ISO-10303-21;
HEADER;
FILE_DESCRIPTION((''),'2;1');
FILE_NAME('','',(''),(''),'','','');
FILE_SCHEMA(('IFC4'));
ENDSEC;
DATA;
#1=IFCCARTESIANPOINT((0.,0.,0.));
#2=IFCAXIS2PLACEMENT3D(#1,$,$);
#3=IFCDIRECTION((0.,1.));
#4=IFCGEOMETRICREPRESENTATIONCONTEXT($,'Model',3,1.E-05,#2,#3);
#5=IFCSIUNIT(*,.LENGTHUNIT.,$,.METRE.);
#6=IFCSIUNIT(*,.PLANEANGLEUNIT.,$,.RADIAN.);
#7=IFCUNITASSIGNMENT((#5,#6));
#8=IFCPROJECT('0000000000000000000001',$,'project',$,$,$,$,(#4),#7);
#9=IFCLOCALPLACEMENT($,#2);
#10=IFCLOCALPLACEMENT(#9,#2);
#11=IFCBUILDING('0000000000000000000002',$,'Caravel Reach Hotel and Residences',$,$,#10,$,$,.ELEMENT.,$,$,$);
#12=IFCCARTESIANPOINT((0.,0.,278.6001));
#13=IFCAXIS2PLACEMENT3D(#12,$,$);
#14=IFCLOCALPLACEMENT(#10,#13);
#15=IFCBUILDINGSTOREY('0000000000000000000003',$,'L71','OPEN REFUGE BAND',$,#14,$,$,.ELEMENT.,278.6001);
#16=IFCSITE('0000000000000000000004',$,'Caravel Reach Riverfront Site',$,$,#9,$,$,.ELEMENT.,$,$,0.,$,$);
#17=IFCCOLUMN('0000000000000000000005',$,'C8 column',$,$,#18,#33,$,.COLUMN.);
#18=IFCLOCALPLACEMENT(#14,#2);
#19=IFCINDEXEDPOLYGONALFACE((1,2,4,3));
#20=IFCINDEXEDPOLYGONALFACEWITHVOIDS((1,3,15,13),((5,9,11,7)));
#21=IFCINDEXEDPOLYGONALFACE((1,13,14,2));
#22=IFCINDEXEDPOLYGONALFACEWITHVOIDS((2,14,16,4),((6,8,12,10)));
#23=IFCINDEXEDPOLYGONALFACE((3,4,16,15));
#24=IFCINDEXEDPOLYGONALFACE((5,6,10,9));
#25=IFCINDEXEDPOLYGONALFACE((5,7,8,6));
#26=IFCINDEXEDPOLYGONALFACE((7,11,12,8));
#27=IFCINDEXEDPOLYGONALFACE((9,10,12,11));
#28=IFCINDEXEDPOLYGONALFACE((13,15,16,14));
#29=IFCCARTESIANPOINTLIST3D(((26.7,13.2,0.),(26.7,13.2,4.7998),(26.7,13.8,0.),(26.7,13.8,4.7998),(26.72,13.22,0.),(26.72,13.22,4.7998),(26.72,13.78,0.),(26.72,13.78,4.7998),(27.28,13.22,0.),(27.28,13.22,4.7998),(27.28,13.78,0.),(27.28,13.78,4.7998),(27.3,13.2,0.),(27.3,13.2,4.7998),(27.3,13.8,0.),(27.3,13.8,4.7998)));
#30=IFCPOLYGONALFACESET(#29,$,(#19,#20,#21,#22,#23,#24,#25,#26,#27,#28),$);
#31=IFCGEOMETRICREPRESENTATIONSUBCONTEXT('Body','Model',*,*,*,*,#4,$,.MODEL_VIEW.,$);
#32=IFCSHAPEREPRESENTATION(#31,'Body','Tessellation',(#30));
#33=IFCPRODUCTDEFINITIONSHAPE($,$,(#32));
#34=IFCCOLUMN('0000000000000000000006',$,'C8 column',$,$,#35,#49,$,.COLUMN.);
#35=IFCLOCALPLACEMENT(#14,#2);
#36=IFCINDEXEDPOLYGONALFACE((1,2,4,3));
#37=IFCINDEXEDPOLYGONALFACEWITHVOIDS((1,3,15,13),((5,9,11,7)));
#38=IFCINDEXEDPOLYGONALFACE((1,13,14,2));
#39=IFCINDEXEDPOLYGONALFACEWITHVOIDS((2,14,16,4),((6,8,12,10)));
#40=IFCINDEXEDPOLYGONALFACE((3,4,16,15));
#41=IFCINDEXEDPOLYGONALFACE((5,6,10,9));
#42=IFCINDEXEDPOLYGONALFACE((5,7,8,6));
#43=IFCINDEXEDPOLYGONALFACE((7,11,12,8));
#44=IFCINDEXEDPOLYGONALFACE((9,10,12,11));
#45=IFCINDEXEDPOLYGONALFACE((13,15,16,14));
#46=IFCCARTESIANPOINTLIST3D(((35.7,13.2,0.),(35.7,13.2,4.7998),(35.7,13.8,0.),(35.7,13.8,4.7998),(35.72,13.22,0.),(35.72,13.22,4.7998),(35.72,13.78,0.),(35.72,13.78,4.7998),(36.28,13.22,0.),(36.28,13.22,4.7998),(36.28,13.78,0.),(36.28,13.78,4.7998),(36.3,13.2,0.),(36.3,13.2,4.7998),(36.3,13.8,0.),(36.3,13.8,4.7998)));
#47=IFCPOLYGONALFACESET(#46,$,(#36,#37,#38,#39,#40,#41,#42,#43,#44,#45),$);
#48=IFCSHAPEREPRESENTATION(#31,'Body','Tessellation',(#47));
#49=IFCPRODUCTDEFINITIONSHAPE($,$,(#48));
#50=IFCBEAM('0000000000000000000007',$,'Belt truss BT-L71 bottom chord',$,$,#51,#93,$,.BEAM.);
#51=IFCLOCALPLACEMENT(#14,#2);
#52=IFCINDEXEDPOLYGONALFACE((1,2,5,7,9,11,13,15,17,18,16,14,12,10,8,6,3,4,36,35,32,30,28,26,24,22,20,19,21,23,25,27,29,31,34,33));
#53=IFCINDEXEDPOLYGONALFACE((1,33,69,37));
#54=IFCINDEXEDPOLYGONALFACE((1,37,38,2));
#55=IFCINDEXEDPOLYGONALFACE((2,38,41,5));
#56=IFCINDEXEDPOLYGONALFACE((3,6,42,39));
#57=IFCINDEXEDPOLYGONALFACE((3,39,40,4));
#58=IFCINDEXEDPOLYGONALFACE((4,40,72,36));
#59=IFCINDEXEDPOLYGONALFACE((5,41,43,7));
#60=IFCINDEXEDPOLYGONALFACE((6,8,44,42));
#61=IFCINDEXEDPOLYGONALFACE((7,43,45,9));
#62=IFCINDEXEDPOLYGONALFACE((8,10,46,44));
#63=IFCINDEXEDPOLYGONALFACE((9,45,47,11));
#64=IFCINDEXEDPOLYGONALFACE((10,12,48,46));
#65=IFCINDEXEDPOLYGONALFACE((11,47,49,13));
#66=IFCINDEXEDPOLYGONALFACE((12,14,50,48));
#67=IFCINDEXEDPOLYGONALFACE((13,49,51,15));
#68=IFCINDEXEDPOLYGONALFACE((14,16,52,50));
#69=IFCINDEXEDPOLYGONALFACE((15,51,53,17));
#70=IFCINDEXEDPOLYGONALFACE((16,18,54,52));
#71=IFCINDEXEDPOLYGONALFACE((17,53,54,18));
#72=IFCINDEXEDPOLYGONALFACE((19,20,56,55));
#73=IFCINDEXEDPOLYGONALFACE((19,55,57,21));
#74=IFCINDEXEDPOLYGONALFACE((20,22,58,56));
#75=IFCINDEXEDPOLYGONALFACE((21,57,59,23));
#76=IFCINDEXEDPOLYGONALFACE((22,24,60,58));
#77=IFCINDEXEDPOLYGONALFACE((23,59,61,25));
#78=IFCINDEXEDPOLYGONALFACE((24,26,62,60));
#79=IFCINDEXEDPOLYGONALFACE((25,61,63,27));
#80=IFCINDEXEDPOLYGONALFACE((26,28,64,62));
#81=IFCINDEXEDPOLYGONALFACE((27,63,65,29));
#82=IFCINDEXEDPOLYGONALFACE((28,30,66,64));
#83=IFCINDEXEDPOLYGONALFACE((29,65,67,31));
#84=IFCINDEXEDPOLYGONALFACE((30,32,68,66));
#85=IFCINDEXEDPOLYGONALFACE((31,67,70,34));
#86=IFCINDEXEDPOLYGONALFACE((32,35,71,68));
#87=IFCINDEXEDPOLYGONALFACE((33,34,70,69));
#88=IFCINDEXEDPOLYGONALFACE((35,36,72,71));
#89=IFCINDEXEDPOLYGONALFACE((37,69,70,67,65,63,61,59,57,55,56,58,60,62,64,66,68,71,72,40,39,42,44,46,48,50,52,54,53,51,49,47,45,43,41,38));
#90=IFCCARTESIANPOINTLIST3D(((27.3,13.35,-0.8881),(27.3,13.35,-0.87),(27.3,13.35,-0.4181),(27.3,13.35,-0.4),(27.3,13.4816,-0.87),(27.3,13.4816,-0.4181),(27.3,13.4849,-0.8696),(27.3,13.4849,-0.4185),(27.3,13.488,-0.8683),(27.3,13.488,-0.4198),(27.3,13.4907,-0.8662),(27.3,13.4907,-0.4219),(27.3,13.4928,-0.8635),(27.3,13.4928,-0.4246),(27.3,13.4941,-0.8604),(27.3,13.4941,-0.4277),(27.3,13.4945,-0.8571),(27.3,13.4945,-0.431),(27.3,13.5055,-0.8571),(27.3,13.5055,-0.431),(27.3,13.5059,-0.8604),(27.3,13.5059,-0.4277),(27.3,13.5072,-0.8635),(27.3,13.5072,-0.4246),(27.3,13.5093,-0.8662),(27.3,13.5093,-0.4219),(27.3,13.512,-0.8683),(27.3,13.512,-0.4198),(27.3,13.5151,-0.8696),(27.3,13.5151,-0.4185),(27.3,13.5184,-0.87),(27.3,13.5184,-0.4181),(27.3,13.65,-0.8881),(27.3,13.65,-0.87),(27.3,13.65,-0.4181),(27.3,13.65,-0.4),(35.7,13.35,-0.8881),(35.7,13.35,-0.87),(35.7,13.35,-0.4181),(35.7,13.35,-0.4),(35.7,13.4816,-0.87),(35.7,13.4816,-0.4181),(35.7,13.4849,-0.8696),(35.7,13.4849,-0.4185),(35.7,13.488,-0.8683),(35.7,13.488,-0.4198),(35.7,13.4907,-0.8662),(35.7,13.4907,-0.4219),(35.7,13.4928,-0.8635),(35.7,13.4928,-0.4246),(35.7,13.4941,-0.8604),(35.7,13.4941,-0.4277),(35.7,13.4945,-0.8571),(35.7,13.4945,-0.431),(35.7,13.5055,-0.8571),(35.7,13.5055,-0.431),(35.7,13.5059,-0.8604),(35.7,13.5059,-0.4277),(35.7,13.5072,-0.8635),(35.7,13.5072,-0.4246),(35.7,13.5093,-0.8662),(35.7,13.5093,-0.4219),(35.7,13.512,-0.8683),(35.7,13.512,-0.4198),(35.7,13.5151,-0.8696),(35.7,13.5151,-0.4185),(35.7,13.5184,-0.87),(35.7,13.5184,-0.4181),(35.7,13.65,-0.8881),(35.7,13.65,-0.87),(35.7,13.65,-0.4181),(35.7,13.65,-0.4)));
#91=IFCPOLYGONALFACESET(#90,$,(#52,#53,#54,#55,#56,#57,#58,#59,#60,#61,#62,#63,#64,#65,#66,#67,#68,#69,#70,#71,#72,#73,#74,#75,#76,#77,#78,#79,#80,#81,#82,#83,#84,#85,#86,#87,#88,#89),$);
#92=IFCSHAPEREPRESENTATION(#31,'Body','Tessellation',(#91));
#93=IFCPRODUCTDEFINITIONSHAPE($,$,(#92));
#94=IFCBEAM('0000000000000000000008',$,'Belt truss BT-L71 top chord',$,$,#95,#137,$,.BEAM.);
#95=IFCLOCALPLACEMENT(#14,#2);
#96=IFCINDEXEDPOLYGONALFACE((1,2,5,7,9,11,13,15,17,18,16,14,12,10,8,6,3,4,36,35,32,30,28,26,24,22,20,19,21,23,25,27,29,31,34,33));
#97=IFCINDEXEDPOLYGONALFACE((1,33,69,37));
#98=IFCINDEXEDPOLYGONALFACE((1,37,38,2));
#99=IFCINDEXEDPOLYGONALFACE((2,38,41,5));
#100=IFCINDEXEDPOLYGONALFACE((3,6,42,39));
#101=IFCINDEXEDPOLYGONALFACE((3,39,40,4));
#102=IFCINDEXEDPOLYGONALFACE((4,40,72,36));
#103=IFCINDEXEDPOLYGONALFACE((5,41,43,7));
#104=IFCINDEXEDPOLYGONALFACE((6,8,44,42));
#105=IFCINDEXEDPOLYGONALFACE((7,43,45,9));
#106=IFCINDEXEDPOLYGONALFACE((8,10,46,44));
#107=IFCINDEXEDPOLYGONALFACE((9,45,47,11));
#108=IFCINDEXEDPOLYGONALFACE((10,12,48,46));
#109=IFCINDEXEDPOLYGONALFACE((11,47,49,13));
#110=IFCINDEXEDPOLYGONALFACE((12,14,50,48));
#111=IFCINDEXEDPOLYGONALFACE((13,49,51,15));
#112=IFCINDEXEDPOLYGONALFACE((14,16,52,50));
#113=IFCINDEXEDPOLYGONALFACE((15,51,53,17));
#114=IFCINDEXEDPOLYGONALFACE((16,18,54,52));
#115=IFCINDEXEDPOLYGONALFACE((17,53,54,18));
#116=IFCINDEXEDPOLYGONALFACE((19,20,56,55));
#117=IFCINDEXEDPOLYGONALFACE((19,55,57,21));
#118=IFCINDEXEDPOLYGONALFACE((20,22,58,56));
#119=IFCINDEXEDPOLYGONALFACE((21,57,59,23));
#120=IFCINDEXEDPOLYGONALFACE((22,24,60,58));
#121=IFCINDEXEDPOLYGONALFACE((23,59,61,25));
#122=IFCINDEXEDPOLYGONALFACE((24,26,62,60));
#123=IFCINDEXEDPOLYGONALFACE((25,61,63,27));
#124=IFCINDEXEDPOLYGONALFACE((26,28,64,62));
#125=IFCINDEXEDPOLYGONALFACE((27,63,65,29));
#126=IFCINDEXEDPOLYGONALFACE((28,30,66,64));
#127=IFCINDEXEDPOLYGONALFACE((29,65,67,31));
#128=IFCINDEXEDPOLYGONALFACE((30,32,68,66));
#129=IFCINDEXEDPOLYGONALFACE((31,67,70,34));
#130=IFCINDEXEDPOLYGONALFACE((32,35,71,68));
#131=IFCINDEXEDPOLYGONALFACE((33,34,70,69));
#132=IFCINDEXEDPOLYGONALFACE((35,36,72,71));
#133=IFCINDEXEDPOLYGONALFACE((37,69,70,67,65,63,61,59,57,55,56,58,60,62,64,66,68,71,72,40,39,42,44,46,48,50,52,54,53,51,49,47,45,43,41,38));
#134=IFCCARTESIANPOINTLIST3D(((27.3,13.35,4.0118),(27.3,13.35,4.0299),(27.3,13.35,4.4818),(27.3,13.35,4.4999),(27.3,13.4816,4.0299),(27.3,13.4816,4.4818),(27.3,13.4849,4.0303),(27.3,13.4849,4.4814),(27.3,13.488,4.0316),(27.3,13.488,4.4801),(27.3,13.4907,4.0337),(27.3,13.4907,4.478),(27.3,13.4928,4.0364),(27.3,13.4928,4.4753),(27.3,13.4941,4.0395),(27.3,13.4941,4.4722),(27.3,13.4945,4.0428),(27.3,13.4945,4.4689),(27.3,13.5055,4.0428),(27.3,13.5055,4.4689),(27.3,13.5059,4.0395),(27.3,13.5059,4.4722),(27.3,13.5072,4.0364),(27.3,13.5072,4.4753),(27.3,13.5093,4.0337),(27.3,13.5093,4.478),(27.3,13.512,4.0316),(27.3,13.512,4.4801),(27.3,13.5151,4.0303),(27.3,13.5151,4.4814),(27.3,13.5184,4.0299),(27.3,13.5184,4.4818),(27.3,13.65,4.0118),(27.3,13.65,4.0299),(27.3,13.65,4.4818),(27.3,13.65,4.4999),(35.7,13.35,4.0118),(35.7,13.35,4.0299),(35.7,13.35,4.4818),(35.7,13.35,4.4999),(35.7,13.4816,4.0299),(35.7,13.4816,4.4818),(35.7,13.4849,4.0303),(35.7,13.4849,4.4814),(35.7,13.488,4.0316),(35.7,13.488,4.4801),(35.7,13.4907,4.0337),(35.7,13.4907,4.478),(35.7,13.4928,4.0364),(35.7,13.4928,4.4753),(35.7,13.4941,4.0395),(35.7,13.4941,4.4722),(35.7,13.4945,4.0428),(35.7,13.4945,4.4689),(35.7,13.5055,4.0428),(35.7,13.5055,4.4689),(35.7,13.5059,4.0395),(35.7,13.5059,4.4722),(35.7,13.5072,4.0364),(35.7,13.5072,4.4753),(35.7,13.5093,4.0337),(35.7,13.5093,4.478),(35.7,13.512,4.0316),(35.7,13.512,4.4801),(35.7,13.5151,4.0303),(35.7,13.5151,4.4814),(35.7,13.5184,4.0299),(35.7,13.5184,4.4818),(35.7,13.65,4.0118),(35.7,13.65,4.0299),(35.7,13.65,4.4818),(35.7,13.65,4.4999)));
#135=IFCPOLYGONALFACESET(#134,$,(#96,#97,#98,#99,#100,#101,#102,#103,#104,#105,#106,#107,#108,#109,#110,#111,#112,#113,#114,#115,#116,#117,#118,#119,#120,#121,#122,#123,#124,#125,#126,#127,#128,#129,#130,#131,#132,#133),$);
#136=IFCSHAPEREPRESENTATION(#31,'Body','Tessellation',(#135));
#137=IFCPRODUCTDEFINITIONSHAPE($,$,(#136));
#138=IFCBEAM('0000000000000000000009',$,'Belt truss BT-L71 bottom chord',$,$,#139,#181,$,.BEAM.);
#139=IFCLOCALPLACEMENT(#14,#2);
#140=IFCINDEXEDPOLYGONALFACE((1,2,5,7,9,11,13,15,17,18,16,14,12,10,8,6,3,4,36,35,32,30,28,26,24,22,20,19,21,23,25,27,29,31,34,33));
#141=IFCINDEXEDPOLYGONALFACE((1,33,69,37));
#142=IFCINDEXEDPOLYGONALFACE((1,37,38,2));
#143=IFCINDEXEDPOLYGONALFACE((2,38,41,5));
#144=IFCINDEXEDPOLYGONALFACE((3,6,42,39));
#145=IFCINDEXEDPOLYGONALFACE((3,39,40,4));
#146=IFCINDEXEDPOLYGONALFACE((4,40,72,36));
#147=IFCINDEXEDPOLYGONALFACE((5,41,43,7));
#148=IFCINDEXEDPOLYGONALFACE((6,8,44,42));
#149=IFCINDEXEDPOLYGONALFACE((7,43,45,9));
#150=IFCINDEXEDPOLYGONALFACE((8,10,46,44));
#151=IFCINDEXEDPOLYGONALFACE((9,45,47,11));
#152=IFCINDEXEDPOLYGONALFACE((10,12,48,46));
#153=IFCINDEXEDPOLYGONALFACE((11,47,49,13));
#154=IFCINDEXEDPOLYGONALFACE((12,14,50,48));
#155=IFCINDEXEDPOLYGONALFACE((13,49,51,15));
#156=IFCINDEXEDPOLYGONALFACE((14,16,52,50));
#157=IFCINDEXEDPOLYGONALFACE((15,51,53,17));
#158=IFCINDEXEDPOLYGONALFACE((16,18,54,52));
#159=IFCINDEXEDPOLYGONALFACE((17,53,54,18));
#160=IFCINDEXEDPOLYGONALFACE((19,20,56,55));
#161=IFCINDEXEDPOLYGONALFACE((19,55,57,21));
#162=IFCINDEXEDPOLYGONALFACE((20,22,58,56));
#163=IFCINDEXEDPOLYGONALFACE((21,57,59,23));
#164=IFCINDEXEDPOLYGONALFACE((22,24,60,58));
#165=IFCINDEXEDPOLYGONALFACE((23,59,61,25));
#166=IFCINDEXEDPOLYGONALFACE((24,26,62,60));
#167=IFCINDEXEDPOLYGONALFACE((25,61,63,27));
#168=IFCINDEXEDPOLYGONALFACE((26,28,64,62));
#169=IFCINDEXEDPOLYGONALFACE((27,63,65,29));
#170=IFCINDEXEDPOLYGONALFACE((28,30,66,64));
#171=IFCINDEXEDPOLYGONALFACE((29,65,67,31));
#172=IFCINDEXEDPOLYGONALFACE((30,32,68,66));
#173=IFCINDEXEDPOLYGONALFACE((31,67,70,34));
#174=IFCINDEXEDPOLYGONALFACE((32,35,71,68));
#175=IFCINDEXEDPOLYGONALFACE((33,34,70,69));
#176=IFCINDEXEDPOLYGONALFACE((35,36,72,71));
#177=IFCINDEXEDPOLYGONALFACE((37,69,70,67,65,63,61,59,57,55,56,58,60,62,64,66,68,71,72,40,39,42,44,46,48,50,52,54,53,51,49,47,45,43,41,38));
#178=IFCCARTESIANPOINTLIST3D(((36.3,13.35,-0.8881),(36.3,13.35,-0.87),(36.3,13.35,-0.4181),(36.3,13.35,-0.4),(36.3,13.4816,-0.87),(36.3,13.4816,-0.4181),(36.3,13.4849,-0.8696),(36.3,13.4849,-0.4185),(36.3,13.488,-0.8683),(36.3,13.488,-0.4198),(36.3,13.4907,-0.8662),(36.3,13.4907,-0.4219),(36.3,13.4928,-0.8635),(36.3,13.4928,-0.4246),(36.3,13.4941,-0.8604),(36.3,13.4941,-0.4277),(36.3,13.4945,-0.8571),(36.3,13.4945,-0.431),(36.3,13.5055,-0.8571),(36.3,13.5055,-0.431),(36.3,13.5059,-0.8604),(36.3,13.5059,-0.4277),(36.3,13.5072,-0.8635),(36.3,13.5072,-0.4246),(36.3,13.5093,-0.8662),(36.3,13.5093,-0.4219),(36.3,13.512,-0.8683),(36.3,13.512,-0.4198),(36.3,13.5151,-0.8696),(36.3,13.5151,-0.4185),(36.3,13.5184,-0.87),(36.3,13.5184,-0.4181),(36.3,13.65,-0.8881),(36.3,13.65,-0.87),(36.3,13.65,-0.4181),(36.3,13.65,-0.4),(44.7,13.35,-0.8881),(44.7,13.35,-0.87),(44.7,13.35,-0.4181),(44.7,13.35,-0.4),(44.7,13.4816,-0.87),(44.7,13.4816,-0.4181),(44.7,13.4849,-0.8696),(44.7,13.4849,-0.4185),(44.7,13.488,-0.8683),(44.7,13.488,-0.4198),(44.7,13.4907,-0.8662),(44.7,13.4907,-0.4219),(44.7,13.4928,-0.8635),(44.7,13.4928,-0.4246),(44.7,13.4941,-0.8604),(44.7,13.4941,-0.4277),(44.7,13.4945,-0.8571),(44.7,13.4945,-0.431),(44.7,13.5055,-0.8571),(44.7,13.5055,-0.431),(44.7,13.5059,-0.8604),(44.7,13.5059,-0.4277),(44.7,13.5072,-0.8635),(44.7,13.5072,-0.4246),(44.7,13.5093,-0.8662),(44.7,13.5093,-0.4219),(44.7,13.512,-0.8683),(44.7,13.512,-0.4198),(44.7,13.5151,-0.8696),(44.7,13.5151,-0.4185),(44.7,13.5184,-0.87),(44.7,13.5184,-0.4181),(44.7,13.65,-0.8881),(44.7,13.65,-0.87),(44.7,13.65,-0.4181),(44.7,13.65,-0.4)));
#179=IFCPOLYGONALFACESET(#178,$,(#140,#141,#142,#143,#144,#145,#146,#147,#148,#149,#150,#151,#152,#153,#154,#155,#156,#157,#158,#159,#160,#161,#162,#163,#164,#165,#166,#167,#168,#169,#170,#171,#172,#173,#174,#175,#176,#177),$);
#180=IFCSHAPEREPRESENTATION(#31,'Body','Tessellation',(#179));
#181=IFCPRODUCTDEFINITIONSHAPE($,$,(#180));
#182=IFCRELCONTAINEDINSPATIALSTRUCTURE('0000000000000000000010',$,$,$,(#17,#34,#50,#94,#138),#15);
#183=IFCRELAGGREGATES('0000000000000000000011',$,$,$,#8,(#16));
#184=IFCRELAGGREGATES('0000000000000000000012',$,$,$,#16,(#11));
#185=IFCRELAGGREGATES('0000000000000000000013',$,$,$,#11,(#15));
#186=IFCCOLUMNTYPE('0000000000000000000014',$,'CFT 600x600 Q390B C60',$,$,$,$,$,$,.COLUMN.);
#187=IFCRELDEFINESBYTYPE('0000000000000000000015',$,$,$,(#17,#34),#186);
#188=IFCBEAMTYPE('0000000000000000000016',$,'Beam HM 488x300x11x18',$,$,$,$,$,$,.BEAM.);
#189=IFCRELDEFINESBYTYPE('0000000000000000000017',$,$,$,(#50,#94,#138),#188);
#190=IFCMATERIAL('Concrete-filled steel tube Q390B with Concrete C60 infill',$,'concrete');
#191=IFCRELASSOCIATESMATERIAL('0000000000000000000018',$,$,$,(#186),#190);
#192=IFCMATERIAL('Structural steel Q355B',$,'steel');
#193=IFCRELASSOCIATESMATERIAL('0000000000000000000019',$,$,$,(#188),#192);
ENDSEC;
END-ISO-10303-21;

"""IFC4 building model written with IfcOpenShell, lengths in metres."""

from ifc_helpers import new_model, si_unit, direction, frame, origin, origin_2d, place, context, subcontext, project, spatial, hollow_rectangle, i_section, extrude, material, material_profile, profile_set, type_object, element, save


model = new_model("IFC4")

# Units and contexts
model_context = context("Model", 3, precision=1e-05, world=origin(), true_north=direction((0.0, 1.0)))
body_context = subcontext(model_context, "Body", "Model", "MODEL_VIEW")
ifc_project = project(units=[si_unit("LENGTHUNIT", "METRE"), si_unit("PLANEANGLEUNIT", "RADIAN")], contexts=[model_context])

# Site, building, storey
site_placement = place(None, origin())
site = spatial("IfcSite", under=ifc_project, at=site_placement, Name="Caravel Reach Riverfront Site", CompositionType="ELEMENT", RefElevation=0.0)
building_placement = place(site_placement, origin())
building = spatial("IfcBuilding", under=site, at=building_placement, Name="Caravel Reach Hotel and Residences", CompositionType="ELEMENT")
storey_placement = place(building_placement, frame((0.0, 0.0, 278.6001)))
storey = spatial("IfcBuildingStorey", under=building, at=storey_placement, Name="L71", Description="OPEN REFUGE BAND", CompositionType="ELEMENT", Elevation=278.6001)

# Columns
ifc_material_1 = material(Name="Concrete-filled steel tube Q390B with Concrete C60 infill", Category="concrete")
ifc_material_profile_1 = material_profile(ifc_material_1, hollow_rectangle(XDim=0.6001, YDim=0.6001, WallThickness=0.02, at=origin_2d()), Name="RHS 600x600x20")
ifc_profile_set_1 = profile_set([ifc_material_profile_1], Name="Concrete-filled steel tube Q390B with Concrete C60 infill")
column_type = type_object("IfcColumnType", Name="CFT 600x600 Q390B C60", PredefinedType="COLUMN", material=ifc_profile_set_1)
for number, where, z_axis, x_axis, name in (
    (1, (27.0, 13.5, 0.0), (0.0, 0.0, 1.0), (1.0, 0.0, 0.0), "C8 column"),
    (2, (36.0, 13.5, 0.0), (0.0, 0.0, 1.0), (1.0, 0.0, 0.0), "C8 column"),
):
    element("IfcColumn", number, at=place(storey_placement, frame(where, z_axis=z_axis, x_axis=x_axis)), inside=storey, type_object=column_type, Name=name, PredefinedType="COLUMN", context=body_context, shape_type="SweptSolid", body=[
        extrude(hollow_rectangle(XDim=0.6001, YDim=0.6001, WallThickness=0.02, at=origin_2d()), origin(), (0.0, 0.0, 1.0), 4.7998),
    ])

# Beams
ifc_material_2 = material(Name="Structural steel Q355B", Category="steel")
ifc_material_profile_2 = material_profile(ifc_material_2, i_section(OverallWidth=0.3, OverallDepth=0.488, WebThickness=0.011, FlangeThickness=0.0181, FilletRadius=0.0129, at=origin_2d()), Name="HM 488x300x11x18")
ifc_profile_set_2 = profile_set([ifc_material_profile_2], Name="Structural steel Q355B")
beam_type = type_object("IfcBeamType", Name="Beam HM 488x300x11x18", PredefinedType="BEAM", material=ifc_profile_set_2)
for number, where, z_axis, x_axis, name in (
    (3, (27.3, 13.5, -0.644), (1.0, 0.0, 0.0), (0.0, 1.0, 0.0), "Belt truss BT-L71 bottom chord"),
    (4, (27.3, 13.5, 4.2559), (1.0, 0.0, 0.0), (0.0, 1.0, 0.0), "Belt truss BT-L71 top chord"),
    (5, (36.3, 13.5, -0.644), (1.0, 0.0, 0.0), (0.0, 1.0, 0.0), "Belt truss BT-L71 bottom chord"),
):
    element("IfcBeam", number, at=place(storey_placement, frame(where, z_axis=z_axis, x_axis=x_axis)), inside=storey, type_object=beam_type, Name=name, PredefinedType="BEAM", context=body_context, shape_type="SweptSolid", body=[
        extrude(i_section(OverallWidth=0.3, OverallDepth=0.488, WebThickness=0.011, FlangeThickness=0.0181, FilletRadius=0.0129, at=origin_2d()), origin(), (0.0, 0.0, 1.0), 8.3999),
    ])

save(model, "model.ifc")
